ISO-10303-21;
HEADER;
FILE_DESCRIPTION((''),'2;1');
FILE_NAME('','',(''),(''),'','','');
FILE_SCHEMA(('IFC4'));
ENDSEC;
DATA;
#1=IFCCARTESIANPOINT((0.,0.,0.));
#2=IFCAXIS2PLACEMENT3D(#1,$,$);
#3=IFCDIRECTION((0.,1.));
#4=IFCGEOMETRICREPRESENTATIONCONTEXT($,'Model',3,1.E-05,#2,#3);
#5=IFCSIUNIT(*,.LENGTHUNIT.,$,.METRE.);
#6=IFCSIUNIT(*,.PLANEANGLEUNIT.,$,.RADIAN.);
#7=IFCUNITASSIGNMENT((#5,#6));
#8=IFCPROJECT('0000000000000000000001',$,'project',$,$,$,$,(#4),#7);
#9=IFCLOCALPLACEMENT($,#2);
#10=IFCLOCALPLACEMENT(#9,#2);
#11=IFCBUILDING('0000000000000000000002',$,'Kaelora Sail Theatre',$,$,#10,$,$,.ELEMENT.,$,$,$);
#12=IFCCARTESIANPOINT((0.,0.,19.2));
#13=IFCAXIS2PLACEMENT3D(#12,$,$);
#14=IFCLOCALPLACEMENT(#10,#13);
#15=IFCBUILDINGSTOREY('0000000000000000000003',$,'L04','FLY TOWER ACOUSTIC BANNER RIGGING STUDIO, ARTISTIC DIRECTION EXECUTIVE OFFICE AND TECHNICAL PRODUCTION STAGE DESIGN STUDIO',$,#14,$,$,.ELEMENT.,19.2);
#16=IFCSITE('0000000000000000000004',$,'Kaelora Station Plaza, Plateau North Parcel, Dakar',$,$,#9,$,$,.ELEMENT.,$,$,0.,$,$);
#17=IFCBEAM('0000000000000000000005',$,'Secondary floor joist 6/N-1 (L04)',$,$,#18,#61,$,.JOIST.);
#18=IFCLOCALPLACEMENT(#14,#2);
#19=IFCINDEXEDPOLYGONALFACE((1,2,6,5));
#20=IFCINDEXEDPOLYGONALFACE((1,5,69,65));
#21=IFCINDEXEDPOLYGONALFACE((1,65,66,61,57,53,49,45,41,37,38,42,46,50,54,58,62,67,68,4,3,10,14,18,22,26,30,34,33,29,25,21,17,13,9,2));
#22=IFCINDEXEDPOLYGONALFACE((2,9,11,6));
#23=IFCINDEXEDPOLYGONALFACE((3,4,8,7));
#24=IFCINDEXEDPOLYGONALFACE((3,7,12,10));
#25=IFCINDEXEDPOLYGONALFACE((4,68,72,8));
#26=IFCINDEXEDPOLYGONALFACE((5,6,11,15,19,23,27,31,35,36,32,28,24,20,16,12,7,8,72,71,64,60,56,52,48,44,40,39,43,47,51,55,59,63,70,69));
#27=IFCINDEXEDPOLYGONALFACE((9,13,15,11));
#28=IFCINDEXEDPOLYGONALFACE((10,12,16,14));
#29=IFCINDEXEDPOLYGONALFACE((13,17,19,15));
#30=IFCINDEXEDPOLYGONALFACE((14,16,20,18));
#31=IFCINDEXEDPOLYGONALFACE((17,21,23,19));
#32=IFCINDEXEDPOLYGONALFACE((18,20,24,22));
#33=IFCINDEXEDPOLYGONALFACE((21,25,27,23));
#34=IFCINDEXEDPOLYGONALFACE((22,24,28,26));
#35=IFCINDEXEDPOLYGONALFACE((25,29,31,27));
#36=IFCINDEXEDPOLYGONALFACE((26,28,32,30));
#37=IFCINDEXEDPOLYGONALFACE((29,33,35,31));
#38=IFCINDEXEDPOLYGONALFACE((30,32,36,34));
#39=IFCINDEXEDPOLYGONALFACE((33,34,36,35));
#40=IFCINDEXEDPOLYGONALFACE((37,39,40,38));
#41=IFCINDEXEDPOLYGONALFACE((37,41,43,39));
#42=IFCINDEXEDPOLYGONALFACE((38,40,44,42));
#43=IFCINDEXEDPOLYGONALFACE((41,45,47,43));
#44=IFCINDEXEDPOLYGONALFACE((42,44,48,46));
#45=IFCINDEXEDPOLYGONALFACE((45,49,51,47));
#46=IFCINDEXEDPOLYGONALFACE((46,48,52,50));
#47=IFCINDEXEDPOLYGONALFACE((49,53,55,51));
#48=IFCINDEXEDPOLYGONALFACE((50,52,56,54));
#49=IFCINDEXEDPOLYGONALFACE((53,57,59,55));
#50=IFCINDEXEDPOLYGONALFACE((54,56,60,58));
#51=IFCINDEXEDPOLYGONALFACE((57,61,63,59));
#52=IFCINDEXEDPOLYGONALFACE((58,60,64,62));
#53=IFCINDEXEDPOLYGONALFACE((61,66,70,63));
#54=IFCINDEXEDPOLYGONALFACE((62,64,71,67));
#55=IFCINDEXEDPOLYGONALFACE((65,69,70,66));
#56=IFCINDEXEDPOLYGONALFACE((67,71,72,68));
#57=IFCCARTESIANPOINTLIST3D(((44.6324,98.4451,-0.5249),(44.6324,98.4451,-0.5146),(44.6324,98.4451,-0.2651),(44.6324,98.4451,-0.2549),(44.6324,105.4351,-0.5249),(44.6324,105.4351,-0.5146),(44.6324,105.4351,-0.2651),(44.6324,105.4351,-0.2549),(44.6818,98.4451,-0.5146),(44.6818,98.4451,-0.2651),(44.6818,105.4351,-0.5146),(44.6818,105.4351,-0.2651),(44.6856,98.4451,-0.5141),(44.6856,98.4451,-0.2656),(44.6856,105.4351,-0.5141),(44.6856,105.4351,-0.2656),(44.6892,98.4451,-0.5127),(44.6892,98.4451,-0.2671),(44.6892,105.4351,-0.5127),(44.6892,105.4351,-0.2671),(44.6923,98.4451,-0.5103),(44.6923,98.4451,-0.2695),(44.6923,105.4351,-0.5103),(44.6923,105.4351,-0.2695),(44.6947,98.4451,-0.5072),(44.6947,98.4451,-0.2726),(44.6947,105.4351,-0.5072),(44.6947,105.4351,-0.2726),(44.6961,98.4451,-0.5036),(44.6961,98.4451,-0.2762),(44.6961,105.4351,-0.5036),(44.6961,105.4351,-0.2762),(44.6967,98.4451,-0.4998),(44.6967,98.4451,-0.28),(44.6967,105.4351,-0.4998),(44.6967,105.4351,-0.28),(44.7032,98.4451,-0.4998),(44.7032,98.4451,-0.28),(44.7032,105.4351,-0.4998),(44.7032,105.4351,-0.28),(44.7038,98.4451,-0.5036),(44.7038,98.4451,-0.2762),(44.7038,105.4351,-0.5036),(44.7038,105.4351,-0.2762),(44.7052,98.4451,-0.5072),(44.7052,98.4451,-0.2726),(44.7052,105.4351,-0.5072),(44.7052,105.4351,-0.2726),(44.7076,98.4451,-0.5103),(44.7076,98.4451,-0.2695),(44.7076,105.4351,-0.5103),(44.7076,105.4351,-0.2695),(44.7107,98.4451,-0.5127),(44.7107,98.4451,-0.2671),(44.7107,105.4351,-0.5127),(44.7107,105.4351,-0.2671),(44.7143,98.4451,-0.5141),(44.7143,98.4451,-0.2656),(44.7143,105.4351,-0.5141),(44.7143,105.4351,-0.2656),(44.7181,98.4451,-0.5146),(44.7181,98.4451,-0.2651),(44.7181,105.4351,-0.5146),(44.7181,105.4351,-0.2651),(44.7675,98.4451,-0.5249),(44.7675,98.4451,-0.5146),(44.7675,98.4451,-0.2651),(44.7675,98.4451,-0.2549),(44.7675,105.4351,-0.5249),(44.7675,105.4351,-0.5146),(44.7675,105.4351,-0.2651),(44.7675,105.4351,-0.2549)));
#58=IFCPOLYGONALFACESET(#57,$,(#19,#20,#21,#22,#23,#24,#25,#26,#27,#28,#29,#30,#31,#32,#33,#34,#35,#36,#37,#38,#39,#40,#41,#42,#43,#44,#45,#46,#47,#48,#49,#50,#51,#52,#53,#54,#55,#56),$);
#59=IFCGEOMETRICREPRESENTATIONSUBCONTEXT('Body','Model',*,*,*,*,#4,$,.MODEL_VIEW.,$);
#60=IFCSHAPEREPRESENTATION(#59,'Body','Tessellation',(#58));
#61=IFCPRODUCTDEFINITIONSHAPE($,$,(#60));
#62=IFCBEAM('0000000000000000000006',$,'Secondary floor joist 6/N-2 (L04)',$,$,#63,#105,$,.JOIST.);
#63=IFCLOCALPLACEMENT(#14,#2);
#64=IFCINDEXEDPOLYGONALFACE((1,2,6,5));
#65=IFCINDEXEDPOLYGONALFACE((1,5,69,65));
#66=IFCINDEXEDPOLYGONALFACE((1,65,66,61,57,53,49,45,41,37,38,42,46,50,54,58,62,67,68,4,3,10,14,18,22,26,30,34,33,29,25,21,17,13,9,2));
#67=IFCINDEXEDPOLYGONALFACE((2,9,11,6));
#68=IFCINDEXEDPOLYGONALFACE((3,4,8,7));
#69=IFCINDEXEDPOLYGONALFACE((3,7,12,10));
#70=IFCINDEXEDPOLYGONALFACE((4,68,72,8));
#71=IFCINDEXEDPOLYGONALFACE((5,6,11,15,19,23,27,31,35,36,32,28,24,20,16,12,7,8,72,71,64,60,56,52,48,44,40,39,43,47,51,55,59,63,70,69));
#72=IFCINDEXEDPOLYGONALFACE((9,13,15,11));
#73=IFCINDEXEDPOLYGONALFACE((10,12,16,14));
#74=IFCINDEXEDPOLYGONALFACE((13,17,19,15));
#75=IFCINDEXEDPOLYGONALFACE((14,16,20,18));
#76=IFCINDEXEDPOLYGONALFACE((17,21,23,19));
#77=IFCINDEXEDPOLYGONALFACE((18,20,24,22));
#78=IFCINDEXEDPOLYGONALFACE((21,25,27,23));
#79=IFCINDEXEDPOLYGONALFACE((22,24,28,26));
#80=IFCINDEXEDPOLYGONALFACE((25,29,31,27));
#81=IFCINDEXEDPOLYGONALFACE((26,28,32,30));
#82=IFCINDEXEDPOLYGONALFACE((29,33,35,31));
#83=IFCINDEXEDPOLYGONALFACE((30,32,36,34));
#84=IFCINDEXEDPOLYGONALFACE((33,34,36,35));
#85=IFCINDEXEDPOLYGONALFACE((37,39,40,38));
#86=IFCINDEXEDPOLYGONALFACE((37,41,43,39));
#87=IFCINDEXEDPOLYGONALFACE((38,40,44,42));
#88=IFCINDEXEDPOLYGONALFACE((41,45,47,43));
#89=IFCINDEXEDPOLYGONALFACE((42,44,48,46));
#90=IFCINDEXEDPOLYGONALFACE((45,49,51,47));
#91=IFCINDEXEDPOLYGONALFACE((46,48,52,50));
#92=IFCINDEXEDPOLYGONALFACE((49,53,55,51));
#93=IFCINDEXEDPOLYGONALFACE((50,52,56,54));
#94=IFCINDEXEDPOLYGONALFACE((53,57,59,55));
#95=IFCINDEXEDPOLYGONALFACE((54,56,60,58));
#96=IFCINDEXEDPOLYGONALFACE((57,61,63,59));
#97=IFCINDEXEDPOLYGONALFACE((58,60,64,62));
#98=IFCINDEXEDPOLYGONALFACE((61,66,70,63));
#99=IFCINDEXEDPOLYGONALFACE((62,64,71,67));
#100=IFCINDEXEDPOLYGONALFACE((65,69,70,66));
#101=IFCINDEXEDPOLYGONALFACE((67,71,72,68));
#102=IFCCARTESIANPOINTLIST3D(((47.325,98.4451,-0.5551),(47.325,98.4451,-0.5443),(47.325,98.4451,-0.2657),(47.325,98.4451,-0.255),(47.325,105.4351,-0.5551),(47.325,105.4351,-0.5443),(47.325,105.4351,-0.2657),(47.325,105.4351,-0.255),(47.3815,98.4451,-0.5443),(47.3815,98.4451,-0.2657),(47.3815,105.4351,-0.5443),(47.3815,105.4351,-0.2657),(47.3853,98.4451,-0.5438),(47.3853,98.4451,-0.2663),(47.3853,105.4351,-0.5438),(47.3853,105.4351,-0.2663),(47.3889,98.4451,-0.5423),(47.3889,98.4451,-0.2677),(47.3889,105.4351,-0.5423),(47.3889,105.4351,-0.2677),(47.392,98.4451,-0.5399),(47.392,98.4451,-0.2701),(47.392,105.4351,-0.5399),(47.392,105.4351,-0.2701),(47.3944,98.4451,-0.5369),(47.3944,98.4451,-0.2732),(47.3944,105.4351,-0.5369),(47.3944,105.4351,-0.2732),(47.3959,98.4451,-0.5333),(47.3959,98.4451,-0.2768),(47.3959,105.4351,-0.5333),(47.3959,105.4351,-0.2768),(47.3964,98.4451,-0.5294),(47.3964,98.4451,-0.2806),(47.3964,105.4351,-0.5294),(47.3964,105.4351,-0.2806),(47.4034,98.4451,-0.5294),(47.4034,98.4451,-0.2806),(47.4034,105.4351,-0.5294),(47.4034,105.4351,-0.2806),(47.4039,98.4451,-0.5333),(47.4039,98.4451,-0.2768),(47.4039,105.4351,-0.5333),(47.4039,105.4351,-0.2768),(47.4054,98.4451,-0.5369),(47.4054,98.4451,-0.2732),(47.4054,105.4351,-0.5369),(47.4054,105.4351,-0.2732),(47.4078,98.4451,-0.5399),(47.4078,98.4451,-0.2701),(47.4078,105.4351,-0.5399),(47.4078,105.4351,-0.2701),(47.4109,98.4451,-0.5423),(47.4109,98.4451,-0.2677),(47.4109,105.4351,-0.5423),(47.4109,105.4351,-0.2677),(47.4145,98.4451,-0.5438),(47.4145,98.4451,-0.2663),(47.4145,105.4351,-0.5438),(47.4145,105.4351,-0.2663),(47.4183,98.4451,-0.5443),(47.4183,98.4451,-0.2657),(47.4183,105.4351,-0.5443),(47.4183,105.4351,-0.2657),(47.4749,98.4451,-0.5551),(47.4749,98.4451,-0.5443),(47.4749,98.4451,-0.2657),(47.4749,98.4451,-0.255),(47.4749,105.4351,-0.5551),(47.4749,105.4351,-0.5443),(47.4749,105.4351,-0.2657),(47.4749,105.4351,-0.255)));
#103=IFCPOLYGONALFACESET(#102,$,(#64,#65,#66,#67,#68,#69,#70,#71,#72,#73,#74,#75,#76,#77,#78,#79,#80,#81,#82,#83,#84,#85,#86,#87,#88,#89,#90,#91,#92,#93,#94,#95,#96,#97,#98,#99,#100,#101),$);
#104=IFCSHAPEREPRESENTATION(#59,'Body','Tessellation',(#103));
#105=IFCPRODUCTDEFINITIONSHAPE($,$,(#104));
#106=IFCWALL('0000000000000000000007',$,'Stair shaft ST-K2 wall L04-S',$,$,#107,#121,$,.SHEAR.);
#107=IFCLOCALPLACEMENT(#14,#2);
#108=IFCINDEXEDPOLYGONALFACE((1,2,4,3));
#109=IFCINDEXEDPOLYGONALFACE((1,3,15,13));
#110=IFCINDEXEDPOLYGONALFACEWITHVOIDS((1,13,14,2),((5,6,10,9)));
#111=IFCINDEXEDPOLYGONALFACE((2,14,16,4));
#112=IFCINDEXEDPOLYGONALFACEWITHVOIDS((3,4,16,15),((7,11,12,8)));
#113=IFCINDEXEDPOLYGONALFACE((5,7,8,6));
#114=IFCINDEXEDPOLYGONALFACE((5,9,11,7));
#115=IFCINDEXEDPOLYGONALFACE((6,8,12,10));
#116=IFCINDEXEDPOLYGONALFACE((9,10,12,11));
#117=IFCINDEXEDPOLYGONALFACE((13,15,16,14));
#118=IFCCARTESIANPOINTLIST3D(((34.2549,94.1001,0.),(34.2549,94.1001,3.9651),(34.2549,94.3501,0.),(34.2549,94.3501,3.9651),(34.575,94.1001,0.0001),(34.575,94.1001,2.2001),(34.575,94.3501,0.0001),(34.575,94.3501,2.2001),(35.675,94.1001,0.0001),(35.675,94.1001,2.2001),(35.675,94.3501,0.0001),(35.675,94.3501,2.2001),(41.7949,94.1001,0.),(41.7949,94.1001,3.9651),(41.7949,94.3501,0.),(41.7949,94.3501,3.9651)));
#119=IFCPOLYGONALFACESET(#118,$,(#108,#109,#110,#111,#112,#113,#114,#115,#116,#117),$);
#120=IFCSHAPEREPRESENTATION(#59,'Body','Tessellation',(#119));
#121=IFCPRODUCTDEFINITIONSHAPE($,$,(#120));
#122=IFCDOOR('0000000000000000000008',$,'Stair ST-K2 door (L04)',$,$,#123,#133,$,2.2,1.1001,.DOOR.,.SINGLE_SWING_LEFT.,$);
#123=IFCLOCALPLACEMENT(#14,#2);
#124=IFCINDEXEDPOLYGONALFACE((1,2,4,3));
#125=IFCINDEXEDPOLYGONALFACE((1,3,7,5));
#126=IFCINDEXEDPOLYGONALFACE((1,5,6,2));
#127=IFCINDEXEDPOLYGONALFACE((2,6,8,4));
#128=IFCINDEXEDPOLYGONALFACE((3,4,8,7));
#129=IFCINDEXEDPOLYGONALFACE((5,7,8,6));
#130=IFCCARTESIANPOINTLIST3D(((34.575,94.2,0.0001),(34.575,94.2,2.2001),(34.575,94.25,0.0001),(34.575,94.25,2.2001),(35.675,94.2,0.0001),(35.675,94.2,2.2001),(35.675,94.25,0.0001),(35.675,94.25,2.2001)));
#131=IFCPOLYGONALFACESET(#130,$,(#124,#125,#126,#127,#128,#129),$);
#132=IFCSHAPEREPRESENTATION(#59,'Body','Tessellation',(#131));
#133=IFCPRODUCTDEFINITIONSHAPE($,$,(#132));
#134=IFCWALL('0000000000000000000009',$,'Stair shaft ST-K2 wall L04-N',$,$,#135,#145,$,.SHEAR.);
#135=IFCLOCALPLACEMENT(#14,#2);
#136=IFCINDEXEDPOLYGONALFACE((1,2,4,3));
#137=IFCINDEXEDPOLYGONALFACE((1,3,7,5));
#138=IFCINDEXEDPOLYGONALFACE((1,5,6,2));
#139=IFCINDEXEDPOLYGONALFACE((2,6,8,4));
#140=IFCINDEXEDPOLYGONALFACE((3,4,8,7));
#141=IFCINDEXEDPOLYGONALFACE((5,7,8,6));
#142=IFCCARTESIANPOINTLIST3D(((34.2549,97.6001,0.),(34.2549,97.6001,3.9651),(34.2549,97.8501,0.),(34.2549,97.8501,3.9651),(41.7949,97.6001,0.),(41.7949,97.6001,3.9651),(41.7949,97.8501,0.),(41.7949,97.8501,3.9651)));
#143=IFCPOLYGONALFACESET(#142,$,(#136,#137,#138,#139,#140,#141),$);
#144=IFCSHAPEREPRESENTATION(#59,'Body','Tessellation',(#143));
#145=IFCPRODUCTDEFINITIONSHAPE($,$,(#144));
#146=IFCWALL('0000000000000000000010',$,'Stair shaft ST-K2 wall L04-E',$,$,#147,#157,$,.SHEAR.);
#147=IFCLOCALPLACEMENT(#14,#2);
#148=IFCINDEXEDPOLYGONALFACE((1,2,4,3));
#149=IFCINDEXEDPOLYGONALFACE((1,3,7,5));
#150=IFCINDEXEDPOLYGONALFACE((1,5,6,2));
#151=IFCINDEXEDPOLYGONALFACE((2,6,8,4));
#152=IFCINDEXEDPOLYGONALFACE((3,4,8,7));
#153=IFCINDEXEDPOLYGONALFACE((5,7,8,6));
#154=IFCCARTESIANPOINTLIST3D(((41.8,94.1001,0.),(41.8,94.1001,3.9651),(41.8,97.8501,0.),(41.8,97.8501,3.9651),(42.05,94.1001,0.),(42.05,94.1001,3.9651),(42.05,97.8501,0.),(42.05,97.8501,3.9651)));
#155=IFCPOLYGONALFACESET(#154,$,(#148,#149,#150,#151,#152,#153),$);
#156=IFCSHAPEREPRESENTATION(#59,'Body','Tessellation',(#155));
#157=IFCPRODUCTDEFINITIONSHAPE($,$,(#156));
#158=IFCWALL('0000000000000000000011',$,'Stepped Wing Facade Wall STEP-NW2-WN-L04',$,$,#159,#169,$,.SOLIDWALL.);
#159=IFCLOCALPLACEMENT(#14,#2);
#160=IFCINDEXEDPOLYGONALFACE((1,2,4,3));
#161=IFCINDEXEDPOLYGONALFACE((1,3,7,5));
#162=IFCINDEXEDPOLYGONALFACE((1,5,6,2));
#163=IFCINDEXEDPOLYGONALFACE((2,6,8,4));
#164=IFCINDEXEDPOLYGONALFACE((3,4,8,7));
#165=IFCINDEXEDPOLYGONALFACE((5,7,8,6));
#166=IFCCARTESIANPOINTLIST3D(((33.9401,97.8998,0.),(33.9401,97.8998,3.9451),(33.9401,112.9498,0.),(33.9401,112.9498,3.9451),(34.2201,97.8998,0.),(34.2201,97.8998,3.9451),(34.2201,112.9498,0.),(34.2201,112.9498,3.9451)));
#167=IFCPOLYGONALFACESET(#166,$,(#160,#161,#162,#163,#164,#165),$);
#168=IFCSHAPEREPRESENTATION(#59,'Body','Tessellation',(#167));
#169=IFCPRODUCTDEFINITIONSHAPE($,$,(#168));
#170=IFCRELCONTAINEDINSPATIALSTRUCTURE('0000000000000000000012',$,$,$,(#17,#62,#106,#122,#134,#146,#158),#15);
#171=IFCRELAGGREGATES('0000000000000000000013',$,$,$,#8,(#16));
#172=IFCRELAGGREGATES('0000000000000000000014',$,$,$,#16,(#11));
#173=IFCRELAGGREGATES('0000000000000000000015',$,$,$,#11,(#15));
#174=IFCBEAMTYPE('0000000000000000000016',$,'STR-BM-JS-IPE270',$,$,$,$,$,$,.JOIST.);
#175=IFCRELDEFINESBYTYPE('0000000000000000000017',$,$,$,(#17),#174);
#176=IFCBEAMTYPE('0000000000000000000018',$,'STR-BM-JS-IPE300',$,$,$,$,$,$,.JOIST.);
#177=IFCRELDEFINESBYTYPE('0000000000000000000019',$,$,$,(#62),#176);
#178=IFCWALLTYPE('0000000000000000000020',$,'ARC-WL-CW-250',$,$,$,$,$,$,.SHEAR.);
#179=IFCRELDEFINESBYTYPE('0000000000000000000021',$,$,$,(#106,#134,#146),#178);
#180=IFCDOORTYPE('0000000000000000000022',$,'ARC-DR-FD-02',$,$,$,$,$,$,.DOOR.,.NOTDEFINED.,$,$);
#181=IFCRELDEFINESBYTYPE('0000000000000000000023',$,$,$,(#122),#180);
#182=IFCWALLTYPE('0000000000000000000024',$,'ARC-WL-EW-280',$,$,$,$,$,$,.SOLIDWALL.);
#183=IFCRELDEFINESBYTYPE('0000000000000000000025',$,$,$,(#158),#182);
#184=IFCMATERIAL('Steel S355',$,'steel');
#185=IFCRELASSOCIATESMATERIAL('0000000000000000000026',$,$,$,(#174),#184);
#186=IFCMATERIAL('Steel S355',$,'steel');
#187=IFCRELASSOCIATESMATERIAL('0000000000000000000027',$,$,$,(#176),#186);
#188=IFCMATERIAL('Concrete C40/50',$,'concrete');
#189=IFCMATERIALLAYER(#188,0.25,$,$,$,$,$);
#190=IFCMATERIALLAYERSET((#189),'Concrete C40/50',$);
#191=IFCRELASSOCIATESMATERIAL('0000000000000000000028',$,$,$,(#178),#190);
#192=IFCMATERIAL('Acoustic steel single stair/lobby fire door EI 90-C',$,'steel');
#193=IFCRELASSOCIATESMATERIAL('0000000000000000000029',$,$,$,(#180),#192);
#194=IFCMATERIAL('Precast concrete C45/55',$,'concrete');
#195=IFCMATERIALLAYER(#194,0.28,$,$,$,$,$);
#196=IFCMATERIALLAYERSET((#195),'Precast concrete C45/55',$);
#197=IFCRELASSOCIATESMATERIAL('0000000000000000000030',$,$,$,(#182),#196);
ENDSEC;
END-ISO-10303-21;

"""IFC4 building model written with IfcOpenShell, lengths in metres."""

from ifc_helpers import new_model, si_unit, direction, frame, frame_2d, origin, origin_2d, place, context, subcontext, project, spatial, rectangle, i_section, extrude, material, layer, layer_set, material_profile, profile_set, type_object, element, fill, save


model = new_model("IFC4")

# Units and contexts
model_context = context("Model", 3, precision=1e-05, world=origin(), true_north=direction((0.0, 1.0)))
body_context = subcontext(model_context, "Body", "Model", "MODEL_VIEW")
ifc_project = project(units=[si_unit("LENGTHUNIT", "METRE"), si_unit("PLANEANGLEUNIT", "RADIAN")], contexts=[model_context])

# Site, building, storey
site_placement = place(None, origin())
site = spatial("IfcSite", under=ifc_project, at=site_placement, Name="Kaelora Station Plaza, Plateau North Parcel, Dakar", CompositionType="ELEMENT", RefElevation=0.0)
building_placement = place(site_placement, origin())
building = spatial("IfcBuilding", under=site, at=building_placement, Name="Kaelora Sail Theatre", CompositionType="ELEMENT")
storey_placement = place(building_placement, frame((0.0, 0.0, 19.2)))
storey = spatial("IfcBuildingStorey", under=building, at=storey_placement, Name="L04", Description="FLY TOWER ACOUSTIC BANNER RIGGING STUDIO, ARTISTIC DIRECTION EXECUTIVE OFFICE AND TECHNICAL PRODUCTION STAGE DESIGN STUDIO", CompositionType="ELEMENT", Elevation=19.2)

# Beams
ifc_material_1 = material(Name="Steel S355", Category="steel")
ifc_material_profile_1 = material_profile(ifc_material_1, i_section(OverallWidth=0.135, OverallDepth=0.27, WebThickness=0.0066, FlangeThickness=0.0103, FilletRadius=0.0149, at=origin_2d()), Name="IPE 270")
ifc_profile_set_1 = profile_set([ifc_material_profile_1], Name="Steel S355")
beam_type_1 = type_object("IfcBeamType", Name="STR-BM-JS-IPE270", PredefinedType="JOIST", material=ifc_profile_set_1)
beam_1_placement = place(storey_placement, frame((44.7, 98.4451, -0.3899), z_axis=(0.0, 1.0, 0.0), x_axis=(-1.0, 0.0, 0.0)))
element("IfcBeam", 1, at=beam_1_placement, inside=storey, type_object=beam_type_1, Name="Secondary floor joist 6/N-1 (L04)", PredefinedType="JOIST", context=body_context, shape_type="SweptSolid", body=[
    extrude(i_section(OverallWidth=0.135, OverallDepth=0.27, WebThickness=0.0066, FlangeThickness=0.0103, FilletRadius=0.0149, at=origin_2d()), origin(), (0.0, 0.0, 1.0), 6.99),
])
ifc_material_2 = material(Name="Steel S355", Category="steel")
ifc_material_profile_2 = material_profile(ifc_material_2, i_section(OverallWidth=0.1499, OverallDepth=0.3, WebThickness=0.0071, FlangeThickness=0.0107, FilletRadius=0.0149, at=origin_2d()), Name="IPE 300")
ifc_profile_set_2 = profile_set([ifc_material_profile_2], Name="Steel S355")
beam_type_2 = type_object("IfcBeamType", Name="STR-BM-JS-IPE300", PredefinedType="JOIST", material=ifc_profile_set_2)
beam_2_placement = place(storey_placement, frame((47.3999, 98.4451, -0.405), z_axis=(0.0, 1.0, 0.0), x_axis=(-1.0, 0.0, 0.0)))
element("IfcBeam", 2, at=beam_2_placement, inside=storey, type_object=beam_type_2, Name="Secondary floor joist 6/N-2 (L04)", PredefinedType="JOIST", context=body_context, shape_type="SweptSolid", body=[
    extrude(i_section(OverallWidth=0.1499, OverallDepth=0.3, WebThickness=0.0071, FlangeThickness=0.0107, FilletRadius=0.0149, at=origin_2d()), origin(), (0.0, 0.0, 1.0), 6.99),
])

# Wall, opening, door
ifc_material_3 = material(Name="Concrete C40/50", Category="concrete")
ifc_layer_1 = layer(ifc_material_3, 0.25)
ifc_layer_set_1 = layer_set([ifc_layer_1], Name="Concrete C40/50")
wall_type_1 = type_object("IfcWallType", Name="ARC-WL-CW-250", PredefinedType="SHEAR", material=ifc_layer_set_1)
wall_1_placement = place(storey_placement, frame((34.2549, 94.2251, 0.0), z_axis=(0.0, 0.0, 1.0), x_axis=(1.0, 0.0, 0.0)))
wall_1 = element("IfcWall", 3, at=wall_1_placement, inside=storey, type_object=wall_type_1, Name="Stair shaft ST-K2 wall L04-S", PredefinedType="SHEAR", context=body_context, shape_type="SweptSolid", body=[
    extrude(rectangle(XDim=7.54, YDim=0.25, at=frame_2d((3.77, 0.0))), origin(), (0.0, 0.0, 1.0), 3.9651),
])
opening_1_placement = place(wall_1_placement, frame((0.3201, 0.0, 0.0)))
opening_1 = element("IfcOpeningElement", 4, at=opening_1_placement, cuts=wall_1, PredefinedType="OPENING", context=body_context, shape_type="SweptSolid", body=[
    extrude(rectangle(XDim=1.1001, YDim=2.2, at=frame_2d((0.55, 1.1001))), frame((0.0, 0.135, 0.0), z_axis=(0.0, -1.0, 0.0), x_axis=(1.0, 0.0, 0.0)), (0.0, 0.0, 1.0), 0.27),
])
ifc_material_4 = material(Name="Acoustic steel single stair/lobby fire door EI 90-C", Category="steel")
door_type_1 = type_object("IfcDoorType", Name="ARC-DR-FD-02", OperationType="NOTDEFINED", PredefinedType="DOOR", material=ifc_material_4)
door_1_placement = place(opening_1_placement, origin())
door_1 = element("IfcDoor", 5, at=door_1_placement, inside=storey, type_object=door_type_1, Name="Stair ST-K2 door (L04)", OperationType="SINGLE_SWING_LEFT", OverallHeight=2.2, OverallWidth=1.1001, PredefinedType="DOOR", context=body_context, shape_type="SweptSolid", body=[
    extrude(rectangle(XDim=1.1001, YDim=2.2, at=frame_2d((0.55, 1.1001))), frame((0.0, 0.0249, 0.0), z_axis=(0.0, -1.0, 0.0), x_axis=(1.0, 0.0, 0.0)), (0.0, 0.0, 1.0), 0.05),
])
fill(opening_1, door_1)

# Walls
wall_2_placement = place(storey_placement, frame((34.2549, 97.7251, 0.0), z_axis=(0.0, 0.0, 1.0), x_axis=(1.0, 0.0, 0.0)))
element("IfcWall", 6, at=wall_2_placement, inside=storey, type_object=wall_type_1, Name="Stair shaft ST-K2 wall L04-N", PredefinedType="SHEAR", context=body_context, shape_type="SweptSolid", body=[
    extrude(rectangle(XDim=7.54, YDim=0.25, at=frame_2d((3.77, 0.0))), origin(), (0.0, 0.0, 1.0), 3.9651),
])
wall_3_placement = place(storey_placement, frame((41.925, 94.1001, 0.0), z_axis=(0.0, 0.0, 1.0), x_axis=(0.0, 1.0, 0.0)))
element("IfcWall", 7, at=wall_3_placement, inside=storey, type_object=wall_type_1, Name="Stair shaft ST-K2 wall L04-E", PredefinedType="SHEAR", context=body_context, shape_type="SweptSolid", body=[
    extrude(rectangle(XDim=3.75, YDim=0.25, at=frame_2d((1.875, 0.0))), origin(), (0.0, 0.0, 1.0), 3.9651),
])
ifc_material_5 = material(Name="Precast concrete C45/55", Category="concrete")
ifc_layer_2 = layer(ifc_material_5, 0.28)
ifc_layer_set_2 = layer_set([ifc_layer_2], Name="Precast concrete C45/55")
wall_type_2 = type_object("IfcWallType", Name="ARC-WL-EW-280", PredefinedType="SOLIDWALL", material=ifc_layer_set_2)
wall_4_placement = place(storey_placement, frame((34.0801, 97.8999, 0.0), z_axis=(0.0, 0.0, 1.0), x_axis=(0.0, 1.0, 0.0)))
element("IfcWall", 8, at=wall_4_placement, inside=storey, type_object=wall_type_2, Name="Stepped Wing Facade Wall STEP-NW2-WN-L04", PredefinedType="SOLIDWALL", context=body_context, shape_type="SweptSolid", body=[
    extrude(rectangle(XDim=15.05, YDim=0.28, at=frame_2d((7.5249, 0.0))), origin(), (0.0, 0.0, 1.0), 3.9451),
])

save(model, "model.ifc")
